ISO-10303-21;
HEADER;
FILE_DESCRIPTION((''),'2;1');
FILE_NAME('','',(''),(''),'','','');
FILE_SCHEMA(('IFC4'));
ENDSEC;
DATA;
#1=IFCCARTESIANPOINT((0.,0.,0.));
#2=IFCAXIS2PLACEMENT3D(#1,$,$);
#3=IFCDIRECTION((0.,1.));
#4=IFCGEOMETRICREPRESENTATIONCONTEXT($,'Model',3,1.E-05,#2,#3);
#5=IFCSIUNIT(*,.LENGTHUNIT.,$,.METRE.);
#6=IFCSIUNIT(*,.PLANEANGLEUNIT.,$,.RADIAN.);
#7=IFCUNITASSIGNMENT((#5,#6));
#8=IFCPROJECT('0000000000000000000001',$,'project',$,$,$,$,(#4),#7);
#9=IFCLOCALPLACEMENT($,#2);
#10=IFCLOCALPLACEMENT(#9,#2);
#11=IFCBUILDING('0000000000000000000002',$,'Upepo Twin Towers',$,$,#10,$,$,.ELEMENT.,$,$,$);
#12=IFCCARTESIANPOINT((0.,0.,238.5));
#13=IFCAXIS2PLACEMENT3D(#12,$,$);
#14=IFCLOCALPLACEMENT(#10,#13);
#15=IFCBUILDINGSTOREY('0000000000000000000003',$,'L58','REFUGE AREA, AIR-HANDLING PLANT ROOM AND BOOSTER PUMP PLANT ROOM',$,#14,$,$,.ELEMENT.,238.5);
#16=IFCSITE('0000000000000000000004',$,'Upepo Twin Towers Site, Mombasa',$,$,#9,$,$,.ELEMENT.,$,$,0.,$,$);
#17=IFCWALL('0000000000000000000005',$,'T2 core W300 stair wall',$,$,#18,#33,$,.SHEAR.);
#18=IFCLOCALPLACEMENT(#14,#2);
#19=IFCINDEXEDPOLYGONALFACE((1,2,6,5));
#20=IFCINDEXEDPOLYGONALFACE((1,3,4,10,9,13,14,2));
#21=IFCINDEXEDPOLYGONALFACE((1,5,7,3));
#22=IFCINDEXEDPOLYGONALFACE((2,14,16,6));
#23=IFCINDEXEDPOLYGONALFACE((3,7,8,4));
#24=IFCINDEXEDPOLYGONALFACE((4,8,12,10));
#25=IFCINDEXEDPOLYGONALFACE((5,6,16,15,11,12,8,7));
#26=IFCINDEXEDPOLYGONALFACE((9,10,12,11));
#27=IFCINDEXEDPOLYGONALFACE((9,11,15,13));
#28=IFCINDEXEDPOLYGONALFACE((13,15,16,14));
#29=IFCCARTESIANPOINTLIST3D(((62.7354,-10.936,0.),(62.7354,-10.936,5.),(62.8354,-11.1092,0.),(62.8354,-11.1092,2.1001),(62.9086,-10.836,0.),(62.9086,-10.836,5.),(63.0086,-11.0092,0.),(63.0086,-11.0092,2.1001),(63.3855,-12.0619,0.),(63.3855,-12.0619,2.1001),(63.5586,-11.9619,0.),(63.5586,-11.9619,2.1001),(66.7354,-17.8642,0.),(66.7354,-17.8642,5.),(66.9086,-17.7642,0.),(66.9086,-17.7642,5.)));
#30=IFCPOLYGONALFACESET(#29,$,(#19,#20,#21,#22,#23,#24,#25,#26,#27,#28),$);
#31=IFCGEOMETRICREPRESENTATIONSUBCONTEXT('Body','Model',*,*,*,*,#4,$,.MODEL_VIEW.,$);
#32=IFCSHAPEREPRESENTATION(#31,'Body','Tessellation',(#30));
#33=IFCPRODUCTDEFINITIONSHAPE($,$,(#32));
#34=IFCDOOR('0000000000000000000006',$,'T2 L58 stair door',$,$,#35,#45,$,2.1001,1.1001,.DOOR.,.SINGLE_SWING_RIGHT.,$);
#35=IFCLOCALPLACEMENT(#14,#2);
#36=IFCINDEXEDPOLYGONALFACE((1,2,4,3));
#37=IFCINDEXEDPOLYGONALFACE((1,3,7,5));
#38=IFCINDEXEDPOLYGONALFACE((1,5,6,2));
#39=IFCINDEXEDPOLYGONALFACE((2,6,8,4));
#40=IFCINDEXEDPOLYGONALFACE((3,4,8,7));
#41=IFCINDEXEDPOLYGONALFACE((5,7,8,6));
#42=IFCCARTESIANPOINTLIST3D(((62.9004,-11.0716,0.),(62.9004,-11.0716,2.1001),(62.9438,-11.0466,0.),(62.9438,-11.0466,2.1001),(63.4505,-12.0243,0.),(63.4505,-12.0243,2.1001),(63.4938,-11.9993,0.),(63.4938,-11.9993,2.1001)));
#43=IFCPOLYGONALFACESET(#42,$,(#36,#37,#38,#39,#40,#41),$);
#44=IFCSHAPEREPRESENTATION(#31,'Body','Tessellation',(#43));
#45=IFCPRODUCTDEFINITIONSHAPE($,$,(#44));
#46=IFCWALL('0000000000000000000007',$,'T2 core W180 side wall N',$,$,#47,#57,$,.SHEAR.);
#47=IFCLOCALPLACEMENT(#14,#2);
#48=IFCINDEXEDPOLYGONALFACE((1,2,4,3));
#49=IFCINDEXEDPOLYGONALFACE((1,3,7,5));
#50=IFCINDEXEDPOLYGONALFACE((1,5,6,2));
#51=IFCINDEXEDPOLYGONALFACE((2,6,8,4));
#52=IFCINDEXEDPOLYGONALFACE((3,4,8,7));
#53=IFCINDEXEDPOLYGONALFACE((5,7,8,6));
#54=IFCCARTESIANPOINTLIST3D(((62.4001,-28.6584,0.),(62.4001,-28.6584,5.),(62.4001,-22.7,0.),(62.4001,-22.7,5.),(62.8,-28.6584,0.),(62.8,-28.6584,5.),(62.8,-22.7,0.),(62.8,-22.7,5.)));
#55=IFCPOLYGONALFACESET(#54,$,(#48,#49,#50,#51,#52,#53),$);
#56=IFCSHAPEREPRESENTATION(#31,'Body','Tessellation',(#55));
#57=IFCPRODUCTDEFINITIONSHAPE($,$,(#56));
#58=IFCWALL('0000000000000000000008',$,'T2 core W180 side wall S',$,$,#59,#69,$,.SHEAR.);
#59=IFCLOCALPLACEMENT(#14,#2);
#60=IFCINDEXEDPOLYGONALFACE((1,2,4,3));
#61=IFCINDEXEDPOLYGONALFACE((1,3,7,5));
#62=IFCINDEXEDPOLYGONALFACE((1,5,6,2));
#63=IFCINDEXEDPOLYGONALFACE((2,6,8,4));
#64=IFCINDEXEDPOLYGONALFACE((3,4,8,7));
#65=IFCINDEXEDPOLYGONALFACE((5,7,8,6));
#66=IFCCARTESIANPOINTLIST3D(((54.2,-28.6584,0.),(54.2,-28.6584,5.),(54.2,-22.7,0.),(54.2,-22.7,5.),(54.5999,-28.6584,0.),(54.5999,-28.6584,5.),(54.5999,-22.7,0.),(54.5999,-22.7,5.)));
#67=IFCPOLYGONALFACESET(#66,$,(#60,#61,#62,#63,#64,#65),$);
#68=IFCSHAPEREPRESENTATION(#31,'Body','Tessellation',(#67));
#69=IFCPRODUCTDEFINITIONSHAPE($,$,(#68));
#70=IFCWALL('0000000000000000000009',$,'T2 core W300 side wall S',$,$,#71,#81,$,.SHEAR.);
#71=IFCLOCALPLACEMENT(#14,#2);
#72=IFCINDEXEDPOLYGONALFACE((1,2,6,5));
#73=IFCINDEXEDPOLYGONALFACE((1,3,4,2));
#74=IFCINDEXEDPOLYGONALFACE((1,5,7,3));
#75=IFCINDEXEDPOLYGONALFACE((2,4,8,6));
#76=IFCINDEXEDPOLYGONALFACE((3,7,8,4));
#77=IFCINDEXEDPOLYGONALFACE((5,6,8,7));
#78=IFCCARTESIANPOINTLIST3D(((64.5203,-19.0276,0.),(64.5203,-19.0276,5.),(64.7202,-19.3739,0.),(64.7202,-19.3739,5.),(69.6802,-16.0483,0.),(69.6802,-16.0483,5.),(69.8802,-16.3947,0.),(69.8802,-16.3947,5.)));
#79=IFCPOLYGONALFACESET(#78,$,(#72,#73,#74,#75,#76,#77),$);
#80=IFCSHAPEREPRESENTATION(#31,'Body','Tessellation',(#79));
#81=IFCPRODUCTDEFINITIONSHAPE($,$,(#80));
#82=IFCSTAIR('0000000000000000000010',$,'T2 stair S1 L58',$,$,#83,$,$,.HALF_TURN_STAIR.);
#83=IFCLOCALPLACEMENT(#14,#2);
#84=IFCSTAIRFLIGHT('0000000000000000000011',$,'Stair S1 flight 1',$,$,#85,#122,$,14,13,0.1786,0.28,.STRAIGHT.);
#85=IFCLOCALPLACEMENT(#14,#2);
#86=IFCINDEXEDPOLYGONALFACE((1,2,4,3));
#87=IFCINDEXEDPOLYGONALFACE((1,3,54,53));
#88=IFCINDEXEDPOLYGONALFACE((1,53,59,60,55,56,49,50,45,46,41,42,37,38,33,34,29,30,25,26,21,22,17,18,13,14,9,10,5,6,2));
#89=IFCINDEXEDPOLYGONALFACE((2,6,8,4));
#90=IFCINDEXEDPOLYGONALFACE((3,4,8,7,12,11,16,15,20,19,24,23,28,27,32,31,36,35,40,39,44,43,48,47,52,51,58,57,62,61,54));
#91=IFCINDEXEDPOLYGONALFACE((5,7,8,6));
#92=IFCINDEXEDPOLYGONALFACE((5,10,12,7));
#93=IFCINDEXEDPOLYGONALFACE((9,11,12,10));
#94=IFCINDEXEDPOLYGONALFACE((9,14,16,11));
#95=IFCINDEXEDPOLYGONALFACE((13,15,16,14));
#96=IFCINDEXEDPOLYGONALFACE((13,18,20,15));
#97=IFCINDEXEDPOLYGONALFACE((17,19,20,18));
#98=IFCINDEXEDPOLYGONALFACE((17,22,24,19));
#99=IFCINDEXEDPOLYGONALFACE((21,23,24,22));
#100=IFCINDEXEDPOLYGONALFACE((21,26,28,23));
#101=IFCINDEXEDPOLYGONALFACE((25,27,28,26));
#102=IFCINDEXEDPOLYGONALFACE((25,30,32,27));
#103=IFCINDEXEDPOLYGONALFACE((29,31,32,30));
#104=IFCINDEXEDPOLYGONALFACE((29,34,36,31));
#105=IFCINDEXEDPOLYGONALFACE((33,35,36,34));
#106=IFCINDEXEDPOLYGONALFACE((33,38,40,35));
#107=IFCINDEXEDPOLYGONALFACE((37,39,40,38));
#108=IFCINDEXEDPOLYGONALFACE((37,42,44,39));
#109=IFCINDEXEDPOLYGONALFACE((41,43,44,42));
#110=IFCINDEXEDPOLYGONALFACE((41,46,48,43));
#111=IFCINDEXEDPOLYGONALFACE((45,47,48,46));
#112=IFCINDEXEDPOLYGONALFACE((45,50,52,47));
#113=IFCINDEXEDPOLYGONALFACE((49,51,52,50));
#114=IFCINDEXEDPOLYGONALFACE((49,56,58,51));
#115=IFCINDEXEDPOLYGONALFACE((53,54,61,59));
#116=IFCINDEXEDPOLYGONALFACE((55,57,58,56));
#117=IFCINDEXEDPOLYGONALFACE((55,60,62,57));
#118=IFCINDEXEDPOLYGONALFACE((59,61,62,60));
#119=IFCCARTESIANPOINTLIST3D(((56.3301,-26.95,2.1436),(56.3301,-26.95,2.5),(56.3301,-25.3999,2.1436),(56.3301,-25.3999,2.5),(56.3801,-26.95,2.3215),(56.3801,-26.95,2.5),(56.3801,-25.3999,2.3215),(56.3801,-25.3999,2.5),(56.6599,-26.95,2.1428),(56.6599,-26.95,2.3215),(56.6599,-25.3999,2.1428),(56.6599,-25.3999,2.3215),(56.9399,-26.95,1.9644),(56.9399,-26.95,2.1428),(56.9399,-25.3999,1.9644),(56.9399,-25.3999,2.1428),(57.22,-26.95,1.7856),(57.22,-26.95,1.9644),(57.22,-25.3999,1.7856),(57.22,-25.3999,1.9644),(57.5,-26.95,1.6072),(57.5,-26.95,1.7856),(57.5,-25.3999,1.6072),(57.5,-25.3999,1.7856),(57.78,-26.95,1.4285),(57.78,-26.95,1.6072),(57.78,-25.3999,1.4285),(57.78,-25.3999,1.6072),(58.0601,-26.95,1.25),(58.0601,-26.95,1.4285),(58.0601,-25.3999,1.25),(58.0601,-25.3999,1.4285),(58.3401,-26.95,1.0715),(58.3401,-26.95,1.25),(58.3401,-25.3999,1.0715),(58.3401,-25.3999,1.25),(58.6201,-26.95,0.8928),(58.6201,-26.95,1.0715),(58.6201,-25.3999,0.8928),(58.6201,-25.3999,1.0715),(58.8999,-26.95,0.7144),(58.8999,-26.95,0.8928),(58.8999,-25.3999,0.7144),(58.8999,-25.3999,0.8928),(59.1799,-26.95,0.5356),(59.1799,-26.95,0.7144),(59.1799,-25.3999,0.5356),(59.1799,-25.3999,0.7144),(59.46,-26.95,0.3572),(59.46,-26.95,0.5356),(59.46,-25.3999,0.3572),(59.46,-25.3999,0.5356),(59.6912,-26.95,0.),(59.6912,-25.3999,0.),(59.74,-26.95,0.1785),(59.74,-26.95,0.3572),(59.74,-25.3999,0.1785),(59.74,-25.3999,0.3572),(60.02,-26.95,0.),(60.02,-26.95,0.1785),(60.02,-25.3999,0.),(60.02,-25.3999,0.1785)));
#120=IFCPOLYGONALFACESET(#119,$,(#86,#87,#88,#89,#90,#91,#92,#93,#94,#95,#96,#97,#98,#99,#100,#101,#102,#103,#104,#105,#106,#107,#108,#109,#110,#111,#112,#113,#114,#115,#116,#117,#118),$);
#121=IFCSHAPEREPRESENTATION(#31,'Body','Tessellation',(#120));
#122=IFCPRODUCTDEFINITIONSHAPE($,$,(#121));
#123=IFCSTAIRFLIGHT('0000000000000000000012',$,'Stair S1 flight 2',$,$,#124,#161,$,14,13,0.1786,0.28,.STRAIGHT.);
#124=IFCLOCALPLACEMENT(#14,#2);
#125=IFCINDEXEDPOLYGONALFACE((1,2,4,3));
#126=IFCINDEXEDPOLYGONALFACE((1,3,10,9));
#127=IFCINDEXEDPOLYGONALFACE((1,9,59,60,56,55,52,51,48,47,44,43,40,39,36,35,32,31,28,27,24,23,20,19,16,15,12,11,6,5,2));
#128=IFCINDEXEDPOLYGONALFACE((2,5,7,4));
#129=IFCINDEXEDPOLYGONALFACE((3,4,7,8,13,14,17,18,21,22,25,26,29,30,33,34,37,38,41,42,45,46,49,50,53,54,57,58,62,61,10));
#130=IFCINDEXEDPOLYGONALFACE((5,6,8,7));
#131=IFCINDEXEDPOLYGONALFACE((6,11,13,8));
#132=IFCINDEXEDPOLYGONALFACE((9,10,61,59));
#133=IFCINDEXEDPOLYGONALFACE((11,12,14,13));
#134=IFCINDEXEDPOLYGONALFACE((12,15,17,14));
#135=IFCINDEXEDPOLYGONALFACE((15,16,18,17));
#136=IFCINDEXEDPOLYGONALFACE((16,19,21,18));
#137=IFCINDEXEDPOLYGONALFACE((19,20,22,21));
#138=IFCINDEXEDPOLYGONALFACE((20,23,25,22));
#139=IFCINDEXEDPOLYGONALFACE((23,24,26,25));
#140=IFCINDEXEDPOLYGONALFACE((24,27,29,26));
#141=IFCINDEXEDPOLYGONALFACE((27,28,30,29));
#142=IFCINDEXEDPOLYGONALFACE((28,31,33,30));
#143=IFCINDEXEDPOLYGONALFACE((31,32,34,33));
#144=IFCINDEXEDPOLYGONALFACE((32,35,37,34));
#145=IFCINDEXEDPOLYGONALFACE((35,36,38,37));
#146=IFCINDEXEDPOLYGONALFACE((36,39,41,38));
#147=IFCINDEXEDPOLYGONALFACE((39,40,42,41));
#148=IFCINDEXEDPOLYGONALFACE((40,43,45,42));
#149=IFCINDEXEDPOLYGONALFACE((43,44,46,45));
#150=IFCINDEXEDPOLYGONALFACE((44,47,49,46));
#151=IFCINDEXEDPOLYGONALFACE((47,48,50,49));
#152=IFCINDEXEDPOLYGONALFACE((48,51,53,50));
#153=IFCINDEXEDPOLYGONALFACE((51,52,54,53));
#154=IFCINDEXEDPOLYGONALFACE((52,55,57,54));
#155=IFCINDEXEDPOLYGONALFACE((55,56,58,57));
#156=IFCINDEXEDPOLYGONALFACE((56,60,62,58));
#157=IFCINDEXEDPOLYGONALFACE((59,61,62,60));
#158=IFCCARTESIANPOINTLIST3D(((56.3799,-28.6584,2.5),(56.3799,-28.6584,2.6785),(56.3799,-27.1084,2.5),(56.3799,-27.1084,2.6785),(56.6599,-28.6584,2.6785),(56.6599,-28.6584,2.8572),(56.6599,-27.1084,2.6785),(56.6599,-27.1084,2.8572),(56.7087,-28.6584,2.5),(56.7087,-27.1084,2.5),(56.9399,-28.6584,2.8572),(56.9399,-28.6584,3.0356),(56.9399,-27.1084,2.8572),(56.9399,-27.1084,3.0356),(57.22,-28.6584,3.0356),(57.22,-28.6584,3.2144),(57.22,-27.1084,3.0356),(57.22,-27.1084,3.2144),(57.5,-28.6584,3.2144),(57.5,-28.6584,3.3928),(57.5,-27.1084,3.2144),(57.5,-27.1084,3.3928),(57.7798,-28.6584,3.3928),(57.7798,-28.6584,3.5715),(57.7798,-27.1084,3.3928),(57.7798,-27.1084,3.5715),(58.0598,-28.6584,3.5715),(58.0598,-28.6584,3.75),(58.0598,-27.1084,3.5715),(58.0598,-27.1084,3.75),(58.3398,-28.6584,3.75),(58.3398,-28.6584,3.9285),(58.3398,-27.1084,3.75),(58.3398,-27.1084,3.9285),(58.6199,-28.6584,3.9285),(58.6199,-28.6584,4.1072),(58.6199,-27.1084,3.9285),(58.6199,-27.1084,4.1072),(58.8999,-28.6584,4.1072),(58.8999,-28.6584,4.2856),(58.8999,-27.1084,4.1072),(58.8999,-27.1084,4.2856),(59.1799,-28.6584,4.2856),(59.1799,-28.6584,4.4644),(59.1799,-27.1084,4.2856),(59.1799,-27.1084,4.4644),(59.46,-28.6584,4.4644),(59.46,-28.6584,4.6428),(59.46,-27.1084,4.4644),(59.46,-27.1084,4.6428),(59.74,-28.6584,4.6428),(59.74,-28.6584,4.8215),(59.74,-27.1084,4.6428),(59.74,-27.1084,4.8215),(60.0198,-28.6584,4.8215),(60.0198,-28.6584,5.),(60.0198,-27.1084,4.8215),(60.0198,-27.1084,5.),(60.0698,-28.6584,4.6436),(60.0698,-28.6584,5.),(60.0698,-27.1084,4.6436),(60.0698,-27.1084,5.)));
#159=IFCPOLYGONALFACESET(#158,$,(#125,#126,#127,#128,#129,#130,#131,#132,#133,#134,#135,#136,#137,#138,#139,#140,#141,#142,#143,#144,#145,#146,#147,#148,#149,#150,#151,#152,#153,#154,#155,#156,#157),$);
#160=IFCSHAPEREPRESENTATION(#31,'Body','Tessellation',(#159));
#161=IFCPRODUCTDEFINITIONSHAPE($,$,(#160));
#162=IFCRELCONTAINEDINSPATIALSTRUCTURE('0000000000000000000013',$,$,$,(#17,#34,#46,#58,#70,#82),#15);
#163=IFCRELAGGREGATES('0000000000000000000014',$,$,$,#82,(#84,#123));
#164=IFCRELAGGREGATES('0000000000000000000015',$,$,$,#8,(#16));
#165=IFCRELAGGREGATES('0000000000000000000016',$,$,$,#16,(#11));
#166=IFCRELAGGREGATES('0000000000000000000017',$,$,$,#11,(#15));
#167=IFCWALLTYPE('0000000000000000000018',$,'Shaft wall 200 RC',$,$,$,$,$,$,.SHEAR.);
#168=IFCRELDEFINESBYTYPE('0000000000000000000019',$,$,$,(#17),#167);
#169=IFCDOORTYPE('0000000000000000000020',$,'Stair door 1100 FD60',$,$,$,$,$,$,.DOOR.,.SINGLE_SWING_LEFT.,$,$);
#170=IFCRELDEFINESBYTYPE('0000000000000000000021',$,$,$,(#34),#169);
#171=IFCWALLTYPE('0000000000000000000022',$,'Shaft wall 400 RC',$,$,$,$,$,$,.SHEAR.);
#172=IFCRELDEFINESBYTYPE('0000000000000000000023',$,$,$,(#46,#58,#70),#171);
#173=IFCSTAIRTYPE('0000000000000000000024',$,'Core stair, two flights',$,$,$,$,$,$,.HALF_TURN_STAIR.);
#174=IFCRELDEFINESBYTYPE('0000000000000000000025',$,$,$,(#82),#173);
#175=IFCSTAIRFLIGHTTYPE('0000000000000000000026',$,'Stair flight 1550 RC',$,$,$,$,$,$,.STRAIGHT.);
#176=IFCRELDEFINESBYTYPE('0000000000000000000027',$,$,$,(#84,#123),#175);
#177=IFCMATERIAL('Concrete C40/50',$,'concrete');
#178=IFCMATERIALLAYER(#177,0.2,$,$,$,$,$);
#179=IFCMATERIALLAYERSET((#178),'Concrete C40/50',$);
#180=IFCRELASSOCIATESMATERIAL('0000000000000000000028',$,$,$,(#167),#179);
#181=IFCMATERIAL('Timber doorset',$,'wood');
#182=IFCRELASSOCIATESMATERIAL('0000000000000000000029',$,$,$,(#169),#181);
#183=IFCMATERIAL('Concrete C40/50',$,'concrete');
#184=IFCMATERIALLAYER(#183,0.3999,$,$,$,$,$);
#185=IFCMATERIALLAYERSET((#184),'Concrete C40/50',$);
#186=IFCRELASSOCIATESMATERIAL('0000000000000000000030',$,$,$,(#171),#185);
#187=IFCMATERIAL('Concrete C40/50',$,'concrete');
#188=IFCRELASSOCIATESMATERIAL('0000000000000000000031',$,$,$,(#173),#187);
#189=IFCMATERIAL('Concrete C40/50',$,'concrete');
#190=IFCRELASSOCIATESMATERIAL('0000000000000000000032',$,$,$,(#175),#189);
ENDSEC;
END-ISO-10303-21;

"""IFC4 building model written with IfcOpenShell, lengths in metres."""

from ifc_helpers import new_model, si_unit, direction, frame, frame_2d, origin, place, context, subcontext, project, spatial, polyline, rectangle, outline, extrude, material, layer, layer_set, type_object, element, fill, aggregate, save


model = new_model("IFC4")

# Units and contexts
model_context = context("Model", 3, precision=1e-05, world=origin(), true_north=direction((0.0, 1.0)))
body_context = subcontext(model_context, "Body", "Model", "MODEL_VIEW")
ifc_project = project(units=[si_unit("LENGTHUNIT", "METRE"), si_unit("PLANEANGLEUNIT", "RADIAN")], contexts=[model_context])

# Site, building, storey
site_placement = place(None, origin())
site = spatial("IfcSite", under=ifc_project, at=site_placement, Name="Upepo Twin Towers Site, Mombasa", CompositionType="ELEMENT", RefElevation=0.0)
building_placement = place(site_placement, origin())
building = spatial("IfcBuilding", under=site, at=building_placement, Name="Upepo Twin Towers", CompositionType="ELEMENT")
storey_placement = place(building_placement, frame((0.0, 0.0, 238.5)))
storey = spatial("IfcBuildingStorey", under=building, at=storey_placement, Name="L58", Description="REFUGE AREA, AIR-HANDLING PLANT ROOM AND BOOSTER PUMP PLANT ROOM", CompositionType="ELEMENT", Elevation=238.5)

# Shared definitions
ifc_material_1 = material(Name="Concrete C40/50", Category="concrete")
ifc_layer_1 = layer(ifc_material_1, 0.2)
ifc_layer_set_1 = layer_set([ifc_layer_1], Name="Concrete C40/50")
wall_type_1 = type_object("IfcWallType", Name="Shaft wall 200 RC", PredefinedType="SHEAR", material=ifc_layer_set_1)

# Shared definitions
ifc_material_2 = material(Name="Timber doorset", Category="wood")
door_type_1 = type_object("IfcDoorType", Name="Stair door 1100 FD60", OperationType="SINGLE_SWING_LEFT", PredefinedType="DOOR", material=ifc_material_2)

# Wall, opening, door
wall_1_placement = place(storey_placement, frame((66.822, -17.8142, 0.0), z_axis=(0.0, 0.0, 1.0), x_axis=(-0.499999, 0.866026, 0.0)))
wall_1 = element("IfcWall", 1, at=wall_1_placement, inside=storey, type_object=wall_type_1, Name="T2 core W300 stair wall", PredefinedType="SHEAR", context=body_context, shape_type="SweptSolid", body=[
    extrude(rectangle(XDim=8.0, YDim=0.2, at=frame_2d((4.0, 0.0))), origin(), (0.0, 0.0, 1.0), 5.0),
])
opening_1_placement = place(wall_1_placement, frame((6.7, 0.0, 0.0)))
opening_1 = element("IfcOpeningElement", 2, at=opening_1_placement, cuts=wall_1, PredefinedType="OPENING", context=body_context, shape_type="SweptSolid", body=[
    extrude(rectangle(XDim=1.1001, YDim=2.1001, at=frame_2d((0.55, 1.05))), frame((0.0, 0.1099, 0.0), z_axis=(0.0, -1.0, 0.0), x_axis=(1.0, 0.0, 0.0)), (0.0, 0.0, 1.0), 0.22),
])
door_1_placement = place(opening_1_placement, origin())
door_1 = element("IfcDoor", 3, at=door_1_placement, inside=storey, type_object=door_type_1, Name="T2 L58 stair door", OperationType="SINGLE_SWING_RIGHT", OverallHeight=2.1001, OverallWidth=1.1001, PredefinedType="DOOR", context=body_context, shape_type="SweptSolid", body=[
    extrude(rectangle(XDim=1.1001, YDim=2.1001, at=frame_2d((0.55, 1.05))), frame((0.0, 0.0249, 0.0), z_axis=(0.0, -1.0, 0.0), x_axis=(1.0, 0.0, 0.0)), (0.0, 0.0, 1.0), 0.05),
])
fill(opening_1, door_1)

# Walls
ifc_material_3 = material(Name="Concrete C40/50", Category="concrete")
ifc_layer_2 = layer(ifc_material_3, 0.3999)
ifc_layer_set_2 = layer_set([ifc_layer_2], Name="Concrete C40/50")
wall_type_2 = type_object("IfcWallType", Name="Shaft wall 400 RC", PredefinedType="SHEAR", material=ifc_layer_set_2)
for number, where, z_axis, x_axis, name in (
    (4, (62.6001, -22.7, 0.0), (0.0, 0.0, 1.0), (0.0, -1.0, 0.0), "T2 core W180 side wall N"),
    (5, (54.3999, -22.7, 0.0), (0.0, 0.0, 1.0), (0.0, -1.0, 0.0), "T2 core W180 side wall S"),
):
    element("IfcWall", number, at=place(storey_placement, frame(where, z_axis=z_axis, x_axis=x_axis)), inside=storey, type_object=wall_type_2, Name=name, PredefinedType="SHEAR", context=body_context, shape_type="SweptSolid", body=[
        extrude(rectangle(XDim=5.9585, YDim=0.3999, at=frame_2d((2.9792, 0.0))), origin(), (0.0, 0.0, 1.0), 5.0),
    ])
wall_2_placement = place(storey_placement, frame((64.6204, -19.2007, 0.0), z_axis=(0.0, 0.0, 1.0), x_axis=(0.866013, 0.500022, 0.0)))
element("IfcWall", 6, at=wall_2_placement, inside=storey, type_object=wall_type_2, Name="T2 core W300 side wall S", PredefinedType="SHEAR", context=body_context, shape_type="SweptSolid", body=[
    extrude(rectangle(XDim=5.9583, YDim=0.3999, at=frame_2d((2.979, 0.0))), origin(), (0.0, 0.0, 1.0), 5.0),
])

# Stair, stair flights
ifc_material_4 = material(Name="Concrete C40/50", Category="concrete")
stair_type = type_object("IfcStairType", Name="Core stair, two flights", PredefinedType="HALF_TURN_STAIR", material=ifc_material_4)
stair_placement = place(storey_placement, origin())
stair = element("IfcStair", 7, at=stair_placement, inside=storey, type_object=stair_type, Name="T2 stair S1 L58", PredefinedType="HALF_TURN_STAIR")
ifc_material_5 = material(Name="Concrete C40/50", Category="concrete")
stair_flight_type = type_object("IfcStairFlightType", Name="Stair flight 1550 RC", PredefinedType="STRAIGHT", material=ifc_material_5)
stair_flight_1_placement = place(storey_placement, frame((60.02, -26.175, 0.0), z_axis=(0.0, 0.0, 1.0), x_axis=(-1.0, 0.0, 0.0)))
stair_flight_1 = element("IfcStairFlight", 8, at=stair_flight_1_placement, type_object=stair_flight_type, Name="Stair S1 flight 1", NumberOfRisers=14, NumberOfTreads=13, PredefinedType="STRAIGHT", RiserHeight=0.1786, TreadLength=0.28, context=body_context, shape_type="SweptSolid", body=[
    extrude(outline(polyline([(0.0, 0.0), (0.0, 0.1785), (0.28, 0.1785), (0.28, 0.3572), (0.5601, 0.3572), (0.5601, 0.5356), (0.8401, 0.5356), (0.8401, 0.7144), (1.1201, 0.7144), (1.1201, 0.8928), (1.3999, 0.8928), (1.3999, 1.0715), (1.6799, 1.0715), (1.6799, 1.25), (1.96, 1.25), (1.96, 1.4285), (2.24, 1.4285), (2.24, 1.6072), (2.52, 1.6072), (2.52, 1.7856), (2.8, 1.7856), (2.8, 1.9644), (3.0801, 1.9644), (3.0801, 2.1428), (3.3601, 2.1428), (3.3601, 2.3215), (3.6399, 2.3215), (3.6399, 2.5), (3.6899, 2.5), (3.6899, 2.1436), (0.3289, 0.0), (0.0, 0.0)])), frame((0.0, 0.7749, 0.0), z_axis=(0.0, -1.0, 0.0), x_axis=(1.0, 0.0, 0.0)), (0.0, 0.0, 1.0), 1.55),
])
stair_flight_2_placement = place(storey_placement, frame((56.3799, -27.8833, 2.5), z_axis=(0.0, 0.0, 1.0), x_axis=(1.0, 0.0, 0.0)))
stair_flight_2 = element("IfcStairFlight", 9, at=stair_flight_2_placement, type_object=stair_flight_type, Name="Stair S1 flight 2", NumberOfRisers=14, NumberOfTreads=13, PredefinedType="STRAIGHT", RiserHeight=0.1786, TreadLength=0.28, context=body_context, shape_type="SweptSolid", body=[
    extrude(outline(polyline([(0.0, 0.0), (0.0, 0.1785), (0.28, 0.1785), (0.28, 0.3572), (0.5601, 0.3572), (0.5601, 0.5356), (0.8401, 0.5356), (0.8401, 0.7144), (1.1201, 0.7144), (1.1201, 0.8928), (1.3999, 0.8928), (1.3999, 1.0715), (1.6799, 1.0715), (1.6799, 1.25), (1.96, 1.25), (1.96, 1.4285), (2.24, 1.4285), (2.24, 1.6072), (2.52, 1.6072), (2.52, 1.7856), (2.8, 1.7856), (2.8, 1.9644), (3.0801, 1.9644), (3.0801, 2.1428), (3.3601, 2.1428), (3.3601, 2.3215), (3.6399, 2.3215), (3.6399, 2.5), (3.6899, 2.5), (3.6899, 2.1436), (0.3289, 0.0), (0.0, 0.0)])), frame((0.0, 0.7749, 0.0), z_axis=(0.0, -1.0, 0.0), x_axis=(1.0, 0.0, 0.0)), (0.0, 0.0, 1.0), 1.55),
])
aggregate(stair, [stair_flight_1, stair_flight_2])

save(model, "model.ifc")
